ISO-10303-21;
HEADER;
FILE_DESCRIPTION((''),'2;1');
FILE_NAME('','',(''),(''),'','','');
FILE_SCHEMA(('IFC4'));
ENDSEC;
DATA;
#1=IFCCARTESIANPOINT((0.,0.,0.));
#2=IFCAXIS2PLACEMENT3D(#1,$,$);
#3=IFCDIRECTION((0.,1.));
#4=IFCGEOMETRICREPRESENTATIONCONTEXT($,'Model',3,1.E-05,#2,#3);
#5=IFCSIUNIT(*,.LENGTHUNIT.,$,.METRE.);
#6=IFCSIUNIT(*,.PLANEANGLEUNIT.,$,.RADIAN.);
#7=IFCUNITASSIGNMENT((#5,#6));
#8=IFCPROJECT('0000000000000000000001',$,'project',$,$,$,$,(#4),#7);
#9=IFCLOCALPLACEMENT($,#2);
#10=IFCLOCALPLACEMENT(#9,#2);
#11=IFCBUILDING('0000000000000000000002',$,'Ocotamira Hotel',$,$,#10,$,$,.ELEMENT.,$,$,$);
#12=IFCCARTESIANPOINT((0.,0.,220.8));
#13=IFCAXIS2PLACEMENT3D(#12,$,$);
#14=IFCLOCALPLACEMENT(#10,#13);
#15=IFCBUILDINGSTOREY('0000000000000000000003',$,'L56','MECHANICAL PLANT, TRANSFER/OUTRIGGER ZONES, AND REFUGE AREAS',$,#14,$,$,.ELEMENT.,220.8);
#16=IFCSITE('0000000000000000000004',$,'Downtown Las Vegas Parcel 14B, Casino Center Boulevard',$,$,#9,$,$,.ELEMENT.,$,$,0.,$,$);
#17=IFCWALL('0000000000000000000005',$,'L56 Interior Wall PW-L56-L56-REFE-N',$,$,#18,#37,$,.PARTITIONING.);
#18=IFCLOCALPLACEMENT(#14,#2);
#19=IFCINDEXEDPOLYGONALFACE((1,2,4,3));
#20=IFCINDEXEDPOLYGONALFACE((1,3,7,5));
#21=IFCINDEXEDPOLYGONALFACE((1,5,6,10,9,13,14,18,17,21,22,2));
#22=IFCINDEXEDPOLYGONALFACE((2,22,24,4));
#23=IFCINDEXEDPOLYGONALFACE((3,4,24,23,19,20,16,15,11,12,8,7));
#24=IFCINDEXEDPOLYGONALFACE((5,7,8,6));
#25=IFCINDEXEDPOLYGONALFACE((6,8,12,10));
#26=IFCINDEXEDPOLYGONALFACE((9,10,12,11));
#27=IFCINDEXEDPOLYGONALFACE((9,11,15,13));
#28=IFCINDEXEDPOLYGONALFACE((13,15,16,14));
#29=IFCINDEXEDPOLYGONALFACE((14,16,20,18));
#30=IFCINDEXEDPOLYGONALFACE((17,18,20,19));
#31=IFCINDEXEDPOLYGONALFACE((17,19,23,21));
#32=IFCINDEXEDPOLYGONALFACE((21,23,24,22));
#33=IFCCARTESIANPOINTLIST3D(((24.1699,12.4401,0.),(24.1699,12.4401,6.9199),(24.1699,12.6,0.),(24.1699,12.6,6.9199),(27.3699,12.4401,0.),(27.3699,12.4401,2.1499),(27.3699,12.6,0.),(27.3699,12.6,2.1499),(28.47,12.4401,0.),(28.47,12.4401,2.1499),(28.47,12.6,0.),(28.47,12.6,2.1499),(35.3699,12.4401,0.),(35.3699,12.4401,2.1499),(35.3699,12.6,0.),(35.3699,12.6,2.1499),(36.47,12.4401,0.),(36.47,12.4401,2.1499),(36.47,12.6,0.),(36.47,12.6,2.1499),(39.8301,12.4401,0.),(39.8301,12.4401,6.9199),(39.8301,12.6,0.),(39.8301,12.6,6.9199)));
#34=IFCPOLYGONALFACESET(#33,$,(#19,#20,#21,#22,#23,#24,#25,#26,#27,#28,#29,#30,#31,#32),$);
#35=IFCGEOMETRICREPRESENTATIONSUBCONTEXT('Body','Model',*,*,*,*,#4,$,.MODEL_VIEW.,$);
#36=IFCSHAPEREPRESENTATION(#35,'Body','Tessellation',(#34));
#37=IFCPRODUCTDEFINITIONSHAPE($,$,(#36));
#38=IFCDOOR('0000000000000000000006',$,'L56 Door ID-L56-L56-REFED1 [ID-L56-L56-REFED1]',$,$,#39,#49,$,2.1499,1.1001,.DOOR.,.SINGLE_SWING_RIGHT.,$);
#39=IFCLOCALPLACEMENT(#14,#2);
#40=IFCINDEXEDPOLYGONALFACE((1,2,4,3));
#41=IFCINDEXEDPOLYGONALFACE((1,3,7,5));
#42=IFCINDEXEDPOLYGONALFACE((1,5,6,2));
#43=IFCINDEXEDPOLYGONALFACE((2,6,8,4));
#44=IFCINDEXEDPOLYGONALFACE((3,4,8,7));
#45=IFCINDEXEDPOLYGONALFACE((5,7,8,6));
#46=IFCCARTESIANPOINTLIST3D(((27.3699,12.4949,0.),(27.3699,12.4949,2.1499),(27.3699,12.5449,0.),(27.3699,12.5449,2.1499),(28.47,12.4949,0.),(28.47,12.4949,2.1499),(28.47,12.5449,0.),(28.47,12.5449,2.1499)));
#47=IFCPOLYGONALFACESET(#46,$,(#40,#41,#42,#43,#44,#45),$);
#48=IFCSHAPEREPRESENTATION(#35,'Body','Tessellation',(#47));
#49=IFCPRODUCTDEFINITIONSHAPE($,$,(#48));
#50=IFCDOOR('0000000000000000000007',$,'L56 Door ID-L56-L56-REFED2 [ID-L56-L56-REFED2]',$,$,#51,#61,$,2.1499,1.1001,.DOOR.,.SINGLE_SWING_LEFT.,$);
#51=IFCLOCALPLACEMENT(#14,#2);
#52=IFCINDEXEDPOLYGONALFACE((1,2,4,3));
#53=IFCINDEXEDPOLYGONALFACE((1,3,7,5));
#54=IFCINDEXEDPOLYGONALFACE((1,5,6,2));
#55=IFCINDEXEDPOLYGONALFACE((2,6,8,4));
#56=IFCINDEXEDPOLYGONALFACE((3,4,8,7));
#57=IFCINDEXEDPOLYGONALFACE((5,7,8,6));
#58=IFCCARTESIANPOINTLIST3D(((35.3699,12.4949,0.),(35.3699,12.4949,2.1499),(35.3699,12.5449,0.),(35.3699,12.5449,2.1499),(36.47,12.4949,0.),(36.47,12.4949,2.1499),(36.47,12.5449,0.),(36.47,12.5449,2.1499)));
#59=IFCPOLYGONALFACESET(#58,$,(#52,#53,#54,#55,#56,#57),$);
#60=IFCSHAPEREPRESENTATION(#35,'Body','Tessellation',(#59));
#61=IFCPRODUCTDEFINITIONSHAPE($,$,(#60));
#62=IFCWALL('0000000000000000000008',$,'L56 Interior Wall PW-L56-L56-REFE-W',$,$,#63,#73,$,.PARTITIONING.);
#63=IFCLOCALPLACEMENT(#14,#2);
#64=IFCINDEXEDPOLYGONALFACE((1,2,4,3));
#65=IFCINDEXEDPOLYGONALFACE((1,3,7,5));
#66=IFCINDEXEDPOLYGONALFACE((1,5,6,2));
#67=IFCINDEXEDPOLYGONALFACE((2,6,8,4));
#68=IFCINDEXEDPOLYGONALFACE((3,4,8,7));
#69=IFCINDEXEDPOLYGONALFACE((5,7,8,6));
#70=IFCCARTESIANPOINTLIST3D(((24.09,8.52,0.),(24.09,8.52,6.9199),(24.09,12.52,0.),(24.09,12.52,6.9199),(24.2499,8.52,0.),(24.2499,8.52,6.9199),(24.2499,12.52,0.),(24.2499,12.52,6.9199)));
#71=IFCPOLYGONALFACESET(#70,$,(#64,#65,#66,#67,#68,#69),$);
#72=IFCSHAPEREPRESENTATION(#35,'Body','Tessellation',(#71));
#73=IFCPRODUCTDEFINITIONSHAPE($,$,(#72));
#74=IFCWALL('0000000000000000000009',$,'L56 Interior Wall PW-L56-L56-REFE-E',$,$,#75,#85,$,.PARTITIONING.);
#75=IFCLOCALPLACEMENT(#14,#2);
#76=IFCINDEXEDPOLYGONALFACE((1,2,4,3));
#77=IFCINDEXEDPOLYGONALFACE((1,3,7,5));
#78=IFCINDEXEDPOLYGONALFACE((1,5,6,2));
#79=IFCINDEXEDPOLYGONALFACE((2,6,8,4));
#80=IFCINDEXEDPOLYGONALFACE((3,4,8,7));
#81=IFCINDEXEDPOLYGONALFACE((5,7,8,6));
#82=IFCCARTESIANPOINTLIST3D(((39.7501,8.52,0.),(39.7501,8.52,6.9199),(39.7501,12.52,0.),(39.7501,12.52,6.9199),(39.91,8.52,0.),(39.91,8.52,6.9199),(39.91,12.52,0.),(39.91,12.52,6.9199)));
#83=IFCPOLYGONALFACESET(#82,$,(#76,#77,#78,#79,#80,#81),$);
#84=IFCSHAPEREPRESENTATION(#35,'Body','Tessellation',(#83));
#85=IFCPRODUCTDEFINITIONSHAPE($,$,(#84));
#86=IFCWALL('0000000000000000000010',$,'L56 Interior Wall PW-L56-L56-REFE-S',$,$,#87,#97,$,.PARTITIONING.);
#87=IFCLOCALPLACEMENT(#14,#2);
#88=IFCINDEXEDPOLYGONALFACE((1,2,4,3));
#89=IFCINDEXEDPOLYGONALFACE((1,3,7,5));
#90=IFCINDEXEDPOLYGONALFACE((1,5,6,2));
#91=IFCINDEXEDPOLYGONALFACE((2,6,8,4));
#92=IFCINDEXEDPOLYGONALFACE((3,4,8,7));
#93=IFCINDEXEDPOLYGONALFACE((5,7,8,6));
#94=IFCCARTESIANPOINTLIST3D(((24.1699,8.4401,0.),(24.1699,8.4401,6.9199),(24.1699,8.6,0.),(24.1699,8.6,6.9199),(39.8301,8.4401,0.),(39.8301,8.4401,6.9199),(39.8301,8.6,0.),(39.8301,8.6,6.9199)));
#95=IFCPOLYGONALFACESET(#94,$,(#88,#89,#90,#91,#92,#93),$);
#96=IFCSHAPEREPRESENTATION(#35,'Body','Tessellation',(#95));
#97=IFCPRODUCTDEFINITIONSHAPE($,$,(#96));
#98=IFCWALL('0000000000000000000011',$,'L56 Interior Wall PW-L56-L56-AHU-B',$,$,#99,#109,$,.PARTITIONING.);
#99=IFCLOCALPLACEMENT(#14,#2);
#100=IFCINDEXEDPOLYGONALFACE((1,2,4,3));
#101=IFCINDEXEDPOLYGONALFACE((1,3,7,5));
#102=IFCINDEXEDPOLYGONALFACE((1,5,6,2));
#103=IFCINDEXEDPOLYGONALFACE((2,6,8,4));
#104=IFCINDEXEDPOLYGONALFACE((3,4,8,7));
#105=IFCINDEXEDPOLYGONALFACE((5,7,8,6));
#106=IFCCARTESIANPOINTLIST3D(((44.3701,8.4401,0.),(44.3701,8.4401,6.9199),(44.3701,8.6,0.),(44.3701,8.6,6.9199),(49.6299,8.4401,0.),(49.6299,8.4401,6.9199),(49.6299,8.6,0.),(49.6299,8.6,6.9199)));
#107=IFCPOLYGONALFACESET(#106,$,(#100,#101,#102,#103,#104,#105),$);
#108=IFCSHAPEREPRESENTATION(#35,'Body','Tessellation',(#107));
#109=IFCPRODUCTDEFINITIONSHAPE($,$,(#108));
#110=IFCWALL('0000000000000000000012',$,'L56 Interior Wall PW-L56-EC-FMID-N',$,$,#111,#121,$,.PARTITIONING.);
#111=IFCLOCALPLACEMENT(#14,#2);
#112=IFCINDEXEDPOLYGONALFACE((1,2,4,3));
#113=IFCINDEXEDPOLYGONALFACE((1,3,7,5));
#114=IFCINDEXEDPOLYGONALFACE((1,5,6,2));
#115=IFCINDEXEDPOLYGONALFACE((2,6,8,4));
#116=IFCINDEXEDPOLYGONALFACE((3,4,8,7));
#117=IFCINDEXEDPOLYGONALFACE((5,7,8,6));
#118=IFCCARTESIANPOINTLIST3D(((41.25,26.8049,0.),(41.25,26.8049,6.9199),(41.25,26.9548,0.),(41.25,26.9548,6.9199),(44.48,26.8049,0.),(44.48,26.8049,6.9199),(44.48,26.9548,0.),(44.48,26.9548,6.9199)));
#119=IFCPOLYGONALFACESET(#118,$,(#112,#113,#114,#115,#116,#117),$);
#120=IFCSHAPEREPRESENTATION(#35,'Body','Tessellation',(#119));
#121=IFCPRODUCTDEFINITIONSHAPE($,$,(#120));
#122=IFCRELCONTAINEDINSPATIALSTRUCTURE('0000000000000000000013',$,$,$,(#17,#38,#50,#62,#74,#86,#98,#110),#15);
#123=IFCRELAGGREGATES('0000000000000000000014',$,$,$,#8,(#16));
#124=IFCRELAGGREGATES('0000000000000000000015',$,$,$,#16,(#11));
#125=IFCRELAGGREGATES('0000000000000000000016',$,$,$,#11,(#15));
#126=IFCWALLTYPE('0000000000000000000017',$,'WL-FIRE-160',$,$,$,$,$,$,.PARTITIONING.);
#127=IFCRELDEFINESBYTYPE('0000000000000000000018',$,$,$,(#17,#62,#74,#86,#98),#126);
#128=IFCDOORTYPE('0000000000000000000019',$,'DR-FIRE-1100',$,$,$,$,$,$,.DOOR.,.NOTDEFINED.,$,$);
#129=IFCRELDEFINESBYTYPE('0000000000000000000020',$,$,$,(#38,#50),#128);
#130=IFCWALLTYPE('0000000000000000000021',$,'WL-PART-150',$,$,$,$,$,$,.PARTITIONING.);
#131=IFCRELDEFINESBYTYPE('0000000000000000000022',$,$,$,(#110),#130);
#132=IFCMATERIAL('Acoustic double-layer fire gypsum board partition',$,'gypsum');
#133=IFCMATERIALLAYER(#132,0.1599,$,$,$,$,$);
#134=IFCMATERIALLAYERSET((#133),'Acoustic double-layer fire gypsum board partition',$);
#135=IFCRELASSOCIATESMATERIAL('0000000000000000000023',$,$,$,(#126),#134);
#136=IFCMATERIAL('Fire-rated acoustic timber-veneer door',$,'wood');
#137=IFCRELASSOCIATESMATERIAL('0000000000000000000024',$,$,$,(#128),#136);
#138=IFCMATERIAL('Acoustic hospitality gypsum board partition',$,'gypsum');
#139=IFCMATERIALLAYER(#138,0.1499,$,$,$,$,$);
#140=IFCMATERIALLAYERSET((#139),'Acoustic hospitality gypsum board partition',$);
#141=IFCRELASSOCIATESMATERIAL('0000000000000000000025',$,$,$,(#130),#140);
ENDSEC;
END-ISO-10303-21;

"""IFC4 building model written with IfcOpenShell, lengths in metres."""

from ifc_helpers import new_model, si_unit, direction, frame, frame_2d, origin, place, context, subcontext, project, spatial, rectangle, extrude, source, transform, mapped, material, layer, layer_set, type_object, element, fill, save


model = new_model("IFC4")

# Units and contexts
model_context = context("Model", 3, precision=1e-05, world=origin(), true_north=direction((0.0, 1.0)))
body_context = subcontext(model_context, "Body", "Model", "MODEL_VIEW")
ifc_project = project(units=[si_unit("LENGTHUNIT", "METRE"), si_unit("PLANEANGLEUNIT", "RADIAN")], contexts=[model_context])

# Site, building, storey
site_placement = place(None, origin())
site = spatial("IfcSite", under=ifc_project, at=site_placement, Name="Downtown Las Vegas Parcel 14B, Casino Center Boulevard", CompositionType="ELEMENT", RefElevation=0.0)
building_placement = place(site_placement, origin())
building = spatial("IfcBuilding", under=site, at=building_placement, Name="Ocotamira Hotel", CompositionType="ELEMENT")
storey_placement = place(building_placement, frame((0.0, 0.0, 220.8)))
storey = spatial("IfcBuildingStorey", under=building, at=storey_placement, Name="L56", Description="MECHANICAL PLANT, TRANSFER/OUTRIGGER ZONES, AND REFUGE AREAS", CompositionType="ELEMENT", Elevation=220.8)

# Shared definitions
ifc_material_1 = material(Name="Fire-rated acoustic timber-veneer door", Category="wood")

# Wall, openings, doors
ifc_material_2 = material(Name="Acoustic double-layer fire gypsum board partition", Category="gypsum")
ifc_layer_1 = layer(ifc_material_2, 0.1599)
ifc_layer_set_1 = layer_set([ifc_layer_1], Name="Acoustic double-layer fire gypsum board partition")
wall_type_1 = type_object("IfcWallType", Name="WL-FIRE-160", PredefinedType="PARTITIONING", material=ifc_layer_set_1)
wall_1_placement = place(storey_placement, frame((24.1699, 12.52, 0.0), z_axis=(0.0, 0.0, 1.0), x_axis=(1.0, 0.0, 0.0)))
wall_1 = element("IfcWall", 1, at=wall_1_placement, inside=storey, type_object=wall_type_1, Name="L56 Interior Wall PW-L56-L56-REFE-N", PredefinedType="PARTITIONING", context=body_context, shape_type="SweptSolid", body=[
    extrude(rectangle(XDim=15.6602, YDim=0.1599, at=frame_2d((7.8301, 0.0))), origin(), (0.0, 0.0, 1.0), 6.9199),
])
opening_1_placement = place(wall_1_placement, frame((3.2, 0.0, 0.0)))
opening_1 = element("IfcOpeningElement", 2, at=opening_1_placement, cuts=wall_1, PredefinedType="OPENING", context=body_context, shape_type="SweptSolid", body=[
    extrude(rectangle(XDim=1.1001, YDim=2.1499, at=frame_2d((0.55, 1.075))), frame((0.0, 0.0898, 0.0), z_axis=(0.0, -1.0, 0.0), x_axis=(1.0, 0.0, 0.0)), (0.0, 0.0, 1.0), 0.1799),
])
opening_2_placement = place(wall_1_placement, frame((11.2, 0.0, 0.0)))
opening_2 = element("IfcOpeningElement", 3, at=opening_2_placement, cuts=wall_1, PredefinedType="OPENING", context=body_context, shape_type="SweptSolid", body=[
    extrude(rectangle(XDim=1.1001, YDim=2.1499, at=frame_2d((0.55, 1.075))), frame((0.0, 0.0898, 0.0), z_axis=(0.0, -1.0, 0.0), x_axis=(1.0, 0.0, 0.0)), (0.0, 0.0, 1.0), 0.1799),
])
door_type_1 = type_object("IfcDoorType", Name="DR-FIRE-1100", OperationType="NOTDEFINED", PredefinedType="DOOR", material=ifc_material_1)
shared_shape_1 = source(origin(), body_context, "Body", "SweptSolid", [
    extrude(rectangle(XDim=1.1001, YDim=2.1499, at=frame_2d((0.55, 1.075))), frame((0.0, 0.0249, 0.0), z_axis=(0.0, -1.0, 0.0), x_axis=(1.0, 0.0, 0.0)), (0.0, 0.0, 1.0), 0.05),
])
door_1_placement = place(opening_1_placement, origin())
door_1 = element("IfcDoor", 4, at=door_1_placement, inside=storey, type_object=door_type_1, Name="L56 Door ID-L56-L56-REFED1 [ID-L56-L56-REFED1]", OperationType="SINGLE_SWING_RIGHT", OverallHeight=2.1499, OverallWidth=1.1001, PredefinedType="DOOR", context=body_context, shape_type="MappedRepresentation", body=[
    mapped(shared_shape_1, transform((0.0, 0.0, 0.0), scale=1.0)),
])
fill(opening_1, door_1)
door_2_placement = place(opening_2_placement, origin())
door_2 = element("IfcDoor", 5, at=door_2_placement, inside=storey, type_object=door_type_1, Name="L56 Door ID-L56-L56-REFED2 [ID-L56-L56-REFED2]", OperationType="SINGLE_SWING_LEFT", OverallHeight=2.1499, OverallWidth=1.1001, PredefinedType="DOOR", context=body_context, shape_type="MappedRepresentation", body=[
    mapped(shared_shape_1, transform((0.0, 0.0, 0.0), scale=1.0)),
])
fill(opening_2, door_2)

# Walls
for number, where, z_axis, x_axis, name in (
    (6, (24.1699, 8.52, 0.0), (0.0, 0.0, 1.0), (0.0, 1.0, 0.0), "L56 Interior Wall PW-L56-L56-REFE-W"),
    (7, (39.8301, 8.52, 0.0), (0.0, 0.0, 1.0), (0.0, 1.0, 0.0), "L56 Interior Wall PW-L56-L56-REFE-E"),
):
    element("IfcWall", number, at=place(storey_placement, frame(where, z_axis=z_axis, x_axis=x_axis)), inside=storey, type_object=wall_type_1, Name=name, PredefinedType="PARTITIONING", context=body_context, shape_type="SweptSolid", body=[
        extrude(rectangle(XDim=4.0, YDim=0.1599, at=frame_2d((2.0, 0.0))), origin(), (0.0, 0.0, 1.0), 6.9199),
    ])
wall_2_placement = place(storey_placement, frame((24.1699, 8.52, 0.0), z_axis=(0.0, 0.0, 1.0), x_axis=(1.0, 0.0, 0.0)))
element("IfcWall", 8, at=wall_2_placement, inside=storey, type_object=wall_type_1, Name="L56 Interior Wall PW-L56-L56-REFE-S", PredefinedType="PARTITIONING", context=body_context, shape_type="SweptSolid", body=[
    extrude(rectangle(XDim=15.6602, YDim=0.1599, at=frame_2d((7.8301, 0.0))), origin(), (0.0, 0.0, 1.0), 6.9199),
])
wall_3_placement = place(storey_placement, frame((44.3701, 8.52, 0.0), z_axis=(0.0, 0.0, 1.0), x_axis=(1.0, 0.0, 0.0)))
element("IfcWall", 9, at=wall_3_placement, inside=storey, type_object=wall_type_1, Name="L56 Interior Wall PW-L56-L56-AHU-B", PredefinedType="PARTITIONING", context=body_context, shape_type="SweptSolid", body=[
    extrude(rectangle(XDim=5.2598, YDim=0.1599, at=frame_2d((2.6299, 0.0))), origin(), (0.0, 0.0, 1.0), 6.9199),
])
ifc_material_3 = material(Name="Acoustic hospitality gypsum board partition", Category="gypsum")
ifc_layer_2 = layer(ifc_material_3, 0.1499)
ifc_layer_set_2 = layer_set([ifc_layer_2], Name="Acoustic hospitality gypsum board partition")
wall_type_2 = type_object("IfcWallType", Name="WL-PART-150", PredefinedType="PARTITIONING", material=ifc_layer_set_2)
wall_4_placement = place(storey_placement, frame((41.25, 26.8799, 0.0), z_axis=(0.0, 0.0, 1.0), x_axis=(1.0, 0.0, 0.0)))
element("IfcWall", 10, at=wall_4_placement, inside=storey, type_object=wall_type_2, Name="L56 Interior Wall PW-L56-EC-FMID-N", PredefinedType="PARTITIONING", context=body_context, shape_type="SweptSolid", body=[
    extrude(rectangle(XDim=3.23, YDim=0.1499, at=frame_2d((1.615, 0.0))), origin(), (0.0, 0.0, 1.0), 6.9199),
])

save(model, "model.ifc")
